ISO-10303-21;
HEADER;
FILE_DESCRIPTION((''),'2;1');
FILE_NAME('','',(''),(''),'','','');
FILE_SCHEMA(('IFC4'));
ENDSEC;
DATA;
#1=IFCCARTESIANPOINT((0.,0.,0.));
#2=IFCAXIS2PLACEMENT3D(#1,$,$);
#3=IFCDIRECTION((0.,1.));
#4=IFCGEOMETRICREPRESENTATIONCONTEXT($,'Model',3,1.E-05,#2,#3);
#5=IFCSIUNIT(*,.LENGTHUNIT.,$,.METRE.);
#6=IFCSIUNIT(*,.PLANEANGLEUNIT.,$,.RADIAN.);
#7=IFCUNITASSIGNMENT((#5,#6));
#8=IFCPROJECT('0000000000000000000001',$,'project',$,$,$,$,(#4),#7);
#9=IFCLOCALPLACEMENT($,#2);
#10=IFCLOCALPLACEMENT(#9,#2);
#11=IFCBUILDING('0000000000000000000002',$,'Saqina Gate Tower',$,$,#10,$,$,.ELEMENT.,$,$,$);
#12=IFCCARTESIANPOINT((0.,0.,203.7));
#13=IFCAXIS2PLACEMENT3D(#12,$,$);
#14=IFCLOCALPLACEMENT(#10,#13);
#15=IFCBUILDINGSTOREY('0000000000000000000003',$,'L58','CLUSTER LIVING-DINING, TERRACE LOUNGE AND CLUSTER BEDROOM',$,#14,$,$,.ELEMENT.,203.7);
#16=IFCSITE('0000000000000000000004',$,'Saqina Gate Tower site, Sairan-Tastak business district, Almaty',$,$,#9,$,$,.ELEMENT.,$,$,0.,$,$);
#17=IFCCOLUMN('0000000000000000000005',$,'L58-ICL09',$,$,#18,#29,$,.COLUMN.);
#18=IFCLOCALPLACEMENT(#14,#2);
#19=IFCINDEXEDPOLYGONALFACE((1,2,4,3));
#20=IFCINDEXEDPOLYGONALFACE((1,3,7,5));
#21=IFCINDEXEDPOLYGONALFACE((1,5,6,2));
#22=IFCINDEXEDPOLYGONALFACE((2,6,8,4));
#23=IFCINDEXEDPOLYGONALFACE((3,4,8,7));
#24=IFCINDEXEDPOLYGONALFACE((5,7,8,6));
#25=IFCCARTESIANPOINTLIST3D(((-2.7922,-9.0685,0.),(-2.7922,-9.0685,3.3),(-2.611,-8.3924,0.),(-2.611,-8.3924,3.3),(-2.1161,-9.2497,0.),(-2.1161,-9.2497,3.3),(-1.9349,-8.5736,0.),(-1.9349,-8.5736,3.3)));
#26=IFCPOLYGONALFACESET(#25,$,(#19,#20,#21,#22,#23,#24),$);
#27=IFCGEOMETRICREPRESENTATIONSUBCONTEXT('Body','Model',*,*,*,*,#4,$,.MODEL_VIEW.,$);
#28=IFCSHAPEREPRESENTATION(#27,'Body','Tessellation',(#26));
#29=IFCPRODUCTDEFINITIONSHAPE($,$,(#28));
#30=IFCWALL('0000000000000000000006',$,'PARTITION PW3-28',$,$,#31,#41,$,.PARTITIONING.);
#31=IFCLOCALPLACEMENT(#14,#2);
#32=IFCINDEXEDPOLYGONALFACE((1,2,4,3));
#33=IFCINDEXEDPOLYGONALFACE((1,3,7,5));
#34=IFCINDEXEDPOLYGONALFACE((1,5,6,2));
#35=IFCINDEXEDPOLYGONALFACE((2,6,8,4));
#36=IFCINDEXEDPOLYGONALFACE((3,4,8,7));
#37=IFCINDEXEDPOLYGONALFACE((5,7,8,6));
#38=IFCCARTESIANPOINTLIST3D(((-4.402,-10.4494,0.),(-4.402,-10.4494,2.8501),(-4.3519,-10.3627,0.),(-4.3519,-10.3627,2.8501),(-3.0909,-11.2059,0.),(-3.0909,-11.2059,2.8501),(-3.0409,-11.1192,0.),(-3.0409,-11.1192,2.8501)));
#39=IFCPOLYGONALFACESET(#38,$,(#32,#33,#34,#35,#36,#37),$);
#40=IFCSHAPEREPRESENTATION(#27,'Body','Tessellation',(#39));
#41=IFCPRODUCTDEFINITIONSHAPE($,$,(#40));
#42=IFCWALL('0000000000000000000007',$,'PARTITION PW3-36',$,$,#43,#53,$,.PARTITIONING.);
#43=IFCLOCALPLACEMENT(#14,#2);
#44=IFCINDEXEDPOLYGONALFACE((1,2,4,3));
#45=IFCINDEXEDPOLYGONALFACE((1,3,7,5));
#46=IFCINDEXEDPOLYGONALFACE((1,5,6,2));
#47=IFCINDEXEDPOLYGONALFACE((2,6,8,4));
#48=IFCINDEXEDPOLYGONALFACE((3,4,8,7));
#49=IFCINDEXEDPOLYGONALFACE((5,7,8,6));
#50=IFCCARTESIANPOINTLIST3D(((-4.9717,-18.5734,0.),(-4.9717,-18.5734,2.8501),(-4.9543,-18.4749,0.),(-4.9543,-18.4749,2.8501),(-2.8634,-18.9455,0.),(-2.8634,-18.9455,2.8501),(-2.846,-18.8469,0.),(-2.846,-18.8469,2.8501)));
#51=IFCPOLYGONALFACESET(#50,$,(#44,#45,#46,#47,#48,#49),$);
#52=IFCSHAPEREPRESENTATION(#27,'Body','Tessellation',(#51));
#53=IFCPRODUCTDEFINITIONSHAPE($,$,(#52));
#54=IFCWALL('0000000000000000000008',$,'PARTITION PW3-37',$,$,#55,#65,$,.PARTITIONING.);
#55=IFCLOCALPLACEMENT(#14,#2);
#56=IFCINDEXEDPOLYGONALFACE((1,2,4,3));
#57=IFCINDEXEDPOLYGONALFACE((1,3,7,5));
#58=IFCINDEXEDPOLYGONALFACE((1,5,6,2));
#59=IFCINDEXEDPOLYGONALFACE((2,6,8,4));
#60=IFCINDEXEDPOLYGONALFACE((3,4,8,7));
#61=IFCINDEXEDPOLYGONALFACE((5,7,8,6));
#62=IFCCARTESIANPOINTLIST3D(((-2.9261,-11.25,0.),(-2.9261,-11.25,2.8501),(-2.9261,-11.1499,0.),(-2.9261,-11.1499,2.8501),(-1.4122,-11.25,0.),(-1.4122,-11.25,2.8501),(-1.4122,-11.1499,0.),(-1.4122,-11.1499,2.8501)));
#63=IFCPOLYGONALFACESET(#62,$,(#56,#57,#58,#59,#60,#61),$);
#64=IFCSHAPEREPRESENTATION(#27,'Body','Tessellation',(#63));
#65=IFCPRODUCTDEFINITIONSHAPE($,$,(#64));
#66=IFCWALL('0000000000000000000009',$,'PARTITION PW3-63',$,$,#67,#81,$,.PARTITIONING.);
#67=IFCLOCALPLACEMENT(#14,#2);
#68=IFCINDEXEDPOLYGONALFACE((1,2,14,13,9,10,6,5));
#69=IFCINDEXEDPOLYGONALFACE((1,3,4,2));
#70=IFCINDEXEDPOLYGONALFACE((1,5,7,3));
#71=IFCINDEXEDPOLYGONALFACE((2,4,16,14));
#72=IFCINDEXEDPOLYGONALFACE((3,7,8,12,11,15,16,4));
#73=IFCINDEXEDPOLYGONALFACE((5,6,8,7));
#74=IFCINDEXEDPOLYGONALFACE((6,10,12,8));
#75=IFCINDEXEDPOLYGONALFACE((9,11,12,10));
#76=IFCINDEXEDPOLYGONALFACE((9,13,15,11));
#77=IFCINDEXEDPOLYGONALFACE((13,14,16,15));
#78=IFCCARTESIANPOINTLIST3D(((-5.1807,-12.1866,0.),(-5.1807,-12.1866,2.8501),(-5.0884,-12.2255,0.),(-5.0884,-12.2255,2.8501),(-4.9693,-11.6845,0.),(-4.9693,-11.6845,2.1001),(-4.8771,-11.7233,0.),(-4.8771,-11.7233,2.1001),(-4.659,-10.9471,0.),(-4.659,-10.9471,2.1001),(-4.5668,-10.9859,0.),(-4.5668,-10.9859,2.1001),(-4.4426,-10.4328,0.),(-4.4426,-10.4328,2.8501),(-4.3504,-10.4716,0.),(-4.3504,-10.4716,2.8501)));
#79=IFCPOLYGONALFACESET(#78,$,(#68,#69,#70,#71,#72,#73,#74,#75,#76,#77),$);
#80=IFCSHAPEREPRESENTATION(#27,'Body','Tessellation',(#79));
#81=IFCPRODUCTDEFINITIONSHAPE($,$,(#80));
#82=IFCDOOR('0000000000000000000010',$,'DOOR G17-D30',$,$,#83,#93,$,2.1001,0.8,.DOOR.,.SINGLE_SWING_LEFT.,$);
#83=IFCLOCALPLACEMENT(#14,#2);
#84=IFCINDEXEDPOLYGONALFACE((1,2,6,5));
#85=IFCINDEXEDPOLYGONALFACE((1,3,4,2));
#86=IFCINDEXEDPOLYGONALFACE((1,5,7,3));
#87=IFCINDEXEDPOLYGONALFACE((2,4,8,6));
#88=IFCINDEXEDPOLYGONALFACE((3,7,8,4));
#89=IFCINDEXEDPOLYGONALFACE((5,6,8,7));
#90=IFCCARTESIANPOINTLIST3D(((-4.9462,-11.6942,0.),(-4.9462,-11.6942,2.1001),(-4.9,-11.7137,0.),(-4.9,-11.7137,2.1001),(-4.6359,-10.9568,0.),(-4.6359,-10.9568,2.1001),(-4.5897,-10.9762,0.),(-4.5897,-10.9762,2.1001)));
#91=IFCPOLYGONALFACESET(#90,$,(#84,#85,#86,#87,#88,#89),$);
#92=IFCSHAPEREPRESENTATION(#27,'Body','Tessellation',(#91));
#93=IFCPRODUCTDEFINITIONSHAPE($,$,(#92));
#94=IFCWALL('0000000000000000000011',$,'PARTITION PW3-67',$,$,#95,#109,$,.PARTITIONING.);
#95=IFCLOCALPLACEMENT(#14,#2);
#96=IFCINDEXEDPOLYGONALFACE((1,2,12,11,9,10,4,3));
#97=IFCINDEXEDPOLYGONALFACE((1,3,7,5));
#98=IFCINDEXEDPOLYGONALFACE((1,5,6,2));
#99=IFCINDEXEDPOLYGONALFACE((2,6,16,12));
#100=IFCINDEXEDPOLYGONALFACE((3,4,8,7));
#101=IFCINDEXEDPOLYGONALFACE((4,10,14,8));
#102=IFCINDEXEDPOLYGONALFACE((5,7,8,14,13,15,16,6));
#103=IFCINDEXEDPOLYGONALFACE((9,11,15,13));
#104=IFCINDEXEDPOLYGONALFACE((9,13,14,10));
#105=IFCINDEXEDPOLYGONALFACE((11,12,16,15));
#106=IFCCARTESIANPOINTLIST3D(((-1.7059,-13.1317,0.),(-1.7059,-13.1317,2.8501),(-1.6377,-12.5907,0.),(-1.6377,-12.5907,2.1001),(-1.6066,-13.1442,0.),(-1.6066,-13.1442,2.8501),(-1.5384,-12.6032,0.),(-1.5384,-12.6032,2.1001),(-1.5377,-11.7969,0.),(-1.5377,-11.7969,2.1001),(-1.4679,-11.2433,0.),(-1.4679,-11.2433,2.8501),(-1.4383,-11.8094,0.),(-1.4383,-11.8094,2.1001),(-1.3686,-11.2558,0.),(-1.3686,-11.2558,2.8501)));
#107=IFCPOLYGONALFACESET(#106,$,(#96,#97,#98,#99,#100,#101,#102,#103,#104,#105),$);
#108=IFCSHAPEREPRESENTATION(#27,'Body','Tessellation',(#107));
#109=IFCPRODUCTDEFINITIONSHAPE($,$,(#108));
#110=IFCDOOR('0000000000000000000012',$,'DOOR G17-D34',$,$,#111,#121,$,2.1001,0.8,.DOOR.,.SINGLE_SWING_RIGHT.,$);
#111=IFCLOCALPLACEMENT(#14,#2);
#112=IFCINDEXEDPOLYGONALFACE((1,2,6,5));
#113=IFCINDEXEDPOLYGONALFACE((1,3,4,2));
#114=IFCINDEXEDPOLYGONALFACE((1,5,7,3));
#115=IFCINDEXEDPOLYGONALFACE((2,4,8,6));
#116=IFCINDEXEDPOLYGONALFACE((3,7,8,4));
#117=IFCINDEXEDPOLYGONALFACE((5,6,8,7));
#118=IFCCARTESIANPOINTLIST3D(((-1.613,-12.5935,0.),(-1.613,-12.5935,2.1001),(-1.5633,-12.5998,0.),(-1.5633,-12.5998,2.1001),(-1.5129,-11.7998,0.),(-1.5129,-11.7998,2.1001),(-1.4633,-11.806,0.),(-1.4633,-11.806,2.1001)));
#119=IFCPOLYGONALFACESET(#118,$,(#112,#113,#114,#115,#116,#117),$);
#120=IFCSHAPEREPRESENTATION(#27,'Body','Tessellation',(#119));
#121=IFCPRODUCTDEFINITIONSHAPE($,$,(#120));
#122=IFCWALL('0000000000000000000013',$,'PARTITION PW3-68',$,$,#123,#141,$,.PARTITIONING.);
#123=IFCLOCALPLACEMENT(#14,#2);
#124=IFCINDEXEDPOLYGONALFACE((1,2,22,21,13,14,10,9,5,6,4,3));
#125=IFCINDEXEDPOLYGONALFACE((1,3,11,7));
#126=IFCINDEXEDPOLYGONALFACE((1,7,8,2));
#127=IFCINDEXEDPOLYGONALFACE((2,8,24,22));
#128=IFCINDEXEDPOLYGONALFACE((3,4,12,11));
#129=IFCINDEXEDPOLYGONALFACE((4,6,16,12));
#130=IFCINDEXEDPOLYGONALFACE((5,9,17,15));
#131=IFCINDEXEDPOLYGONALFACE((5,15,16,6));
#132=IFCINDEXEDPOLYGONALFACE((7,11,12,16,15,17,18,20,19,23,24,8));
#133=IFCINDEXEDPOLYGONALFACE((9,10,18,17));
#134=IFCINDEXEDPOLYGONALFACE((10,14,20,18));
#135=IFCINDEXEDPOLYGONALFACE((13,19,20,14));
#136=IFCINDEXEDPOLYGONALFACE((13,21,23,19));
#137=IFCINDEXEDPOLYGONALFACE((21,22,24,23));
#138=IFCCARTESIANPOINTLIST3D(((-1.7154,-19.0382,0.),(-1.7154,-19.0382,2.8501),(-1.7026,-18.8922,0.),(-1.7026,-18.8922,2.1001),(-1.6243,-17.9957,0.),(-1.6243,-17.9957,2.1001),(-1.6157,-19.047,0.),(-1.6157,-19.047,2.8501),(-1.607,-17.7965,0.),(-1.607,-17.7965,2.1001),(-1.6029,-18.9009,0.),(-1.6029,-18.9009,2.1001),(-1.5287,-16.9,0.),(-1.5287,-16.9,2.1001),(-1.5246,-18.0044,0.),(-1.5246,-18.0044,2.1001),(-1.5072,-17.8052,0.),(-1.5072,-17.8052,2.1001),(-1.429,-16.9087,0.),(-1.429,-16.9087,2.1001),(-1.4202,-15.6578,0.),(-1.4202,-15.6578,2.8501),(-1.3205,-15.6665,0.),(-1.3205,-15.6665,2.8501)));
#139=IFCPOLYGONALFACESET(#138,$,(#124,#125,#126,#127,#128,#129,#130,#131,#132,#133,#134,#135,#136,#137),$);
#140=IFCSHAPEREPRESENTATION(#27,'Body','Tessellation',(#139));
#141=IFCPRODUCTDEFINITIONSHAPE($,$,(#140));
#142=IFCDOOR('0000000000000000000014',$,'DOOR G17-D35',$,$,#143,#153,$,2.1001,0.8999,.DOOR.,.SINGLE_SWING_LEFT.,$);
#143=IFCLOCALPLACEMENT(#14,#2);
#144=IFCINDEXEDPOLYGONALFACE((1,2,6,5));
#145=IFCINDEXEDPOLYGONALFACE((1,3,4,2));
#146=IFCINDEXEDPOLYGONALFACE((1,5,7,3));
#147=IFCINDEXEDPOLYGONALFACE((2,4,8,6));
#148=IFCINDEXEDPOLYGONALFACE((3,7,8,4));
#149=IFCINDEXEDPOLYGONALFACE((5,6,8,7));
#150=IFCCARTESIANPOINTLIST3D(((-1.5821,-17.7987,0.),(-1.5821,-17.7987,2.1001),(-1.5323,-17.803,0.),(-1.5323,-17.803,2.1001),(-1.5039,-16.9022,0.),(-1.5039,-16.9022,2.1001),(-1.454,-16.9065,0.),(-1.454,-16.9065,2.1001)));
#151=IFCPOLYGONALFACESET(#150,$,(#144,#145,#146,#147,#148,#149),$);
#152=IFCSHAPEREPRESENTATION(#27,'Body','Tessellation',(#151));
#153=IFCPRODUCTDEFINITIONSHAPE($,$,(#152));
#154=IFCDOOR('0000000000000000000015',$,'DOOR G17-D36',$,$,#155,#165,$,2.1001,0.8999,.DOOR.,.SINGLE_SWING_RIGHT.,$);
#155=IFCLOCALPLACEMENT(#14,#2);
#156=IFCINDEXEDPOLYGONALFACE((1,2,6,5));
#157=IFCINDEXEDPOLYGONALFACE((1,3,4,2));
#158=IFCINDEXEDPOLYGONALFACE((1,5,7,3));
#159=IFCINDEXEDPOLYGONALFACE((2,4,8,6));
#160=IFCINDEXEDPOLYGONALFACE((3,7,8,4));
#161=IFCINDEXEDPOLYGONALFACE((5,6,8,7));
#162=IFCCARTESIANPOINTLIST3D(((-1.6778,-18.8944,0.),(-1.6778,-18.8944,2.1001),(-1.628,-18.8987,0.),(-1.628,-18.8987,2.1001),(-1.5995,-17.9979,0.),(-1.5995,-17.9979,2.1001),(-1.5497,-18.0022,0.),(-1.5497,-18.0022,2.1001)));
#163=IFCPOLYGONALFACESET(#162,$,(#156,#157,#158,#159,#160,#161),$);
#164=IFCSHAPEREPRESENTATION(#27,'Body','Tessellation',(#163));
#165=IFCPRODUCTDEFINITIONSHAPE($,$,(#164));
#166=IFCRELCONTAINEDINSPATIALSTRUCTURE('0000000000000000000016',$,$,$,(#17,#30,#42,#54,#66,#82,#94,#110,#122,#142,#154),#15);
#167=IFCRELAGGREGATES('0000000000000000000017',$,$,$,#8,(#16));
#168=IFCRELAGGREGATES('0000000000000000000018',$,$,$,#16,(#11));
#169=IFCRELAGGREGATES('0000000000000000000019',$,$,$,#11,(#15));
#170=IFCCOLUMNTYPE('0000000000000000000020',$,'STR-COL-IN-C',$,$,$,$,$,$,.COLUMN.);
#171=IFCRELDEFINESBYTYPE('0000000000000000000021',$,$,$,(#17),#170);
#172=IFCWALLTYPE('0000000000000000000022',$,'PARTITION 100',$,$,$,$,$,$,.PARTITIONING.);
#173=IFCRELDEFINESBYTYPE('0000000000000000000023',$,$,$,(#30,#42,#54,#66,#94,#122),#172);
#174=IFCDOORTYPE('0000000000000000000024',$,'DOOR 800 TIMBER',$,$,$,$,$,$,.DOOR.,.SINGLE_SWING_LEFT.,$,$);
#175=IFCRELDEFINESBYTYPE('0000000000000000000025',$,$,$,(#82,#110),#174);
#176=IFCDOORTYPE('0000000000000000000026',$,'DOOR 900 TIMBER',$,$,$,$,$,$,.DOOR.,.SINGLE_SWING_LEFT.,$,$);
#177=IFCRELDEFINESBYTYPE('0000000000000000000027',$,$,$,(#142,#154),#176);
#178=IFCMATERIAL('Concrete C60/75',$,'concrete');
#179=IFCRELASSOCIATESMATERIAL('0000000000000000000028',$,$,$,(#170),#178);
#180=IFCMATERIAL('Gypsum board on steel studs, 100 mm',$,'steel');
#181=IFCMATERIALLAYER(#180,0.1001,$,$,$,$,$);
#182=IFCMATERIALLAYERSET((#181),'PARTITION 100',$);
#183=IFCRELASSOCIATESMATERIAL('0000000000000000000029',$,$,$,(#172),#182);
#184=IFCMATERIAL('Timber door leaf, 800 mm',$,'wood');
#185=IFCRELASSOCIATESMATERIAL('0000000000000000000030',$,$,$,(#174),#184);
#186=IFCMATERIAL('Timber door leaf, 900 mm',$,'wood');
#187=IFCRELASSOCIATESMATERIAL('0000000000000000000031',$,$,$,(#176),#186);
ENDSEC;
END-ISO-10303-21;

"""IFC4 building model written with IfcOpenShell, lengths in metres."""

from ifc_helpers import new_model, si_unit, direction, frame, frame_2d, origin, origin_2d, place, context, subcontext, project, spatial, rectangle, extrude, material, layer, layer_set, material_profile, profile_set, type_object, element, fill, save


model = new_model("IFC4")

# Units and contexts
model_context = context("Model", 3, precision=1e-05, world=origin(), true_north=direction((0.0, 1.0)))
body_context = subcontext(model_context, "Body", "Model", "MODEL_VIEW")
ifc_project = project(units=[si_unit("LENGTHUNIT", "METRE"), si_unit("PLANEANGLEUNIT", "RADIAN")], contexts=[model_context])

# Site, building, storey
site_placement = place(None, origin())
site = spatial("IfcSite", under=ifc_project, at=site_placement, Name="Saqina Gate Tower site, Sairan-Tastak business district, Almaty", CompositionType="ELEMENT", RefElevation=0.0)
building_placement = place(site_placement, origin())
building = spatial("IfcBuilding", under=site, at=building_placement, Name="Saqina Gate Tower", CompositionType="ELEMENT")
storey_placement = place(building_placement, frame((0.0, 0.0, 203.7)))
storey = spatial("IfcBuildingStorey", under=building, at=storey_placement, Name="L58", Description="CLUSTER LIVING-DINING, TERRACE LOUNGE AND CLUSTER BEDROOM", CompositionType="ELEMENT", Elevation=203.7)

# Column
ifc_material_1 = material(Name="Concrete C60/75", Category="concrete")
ifc_material_profile = material_profile(ifc_material_1, rectangle(XDim=0.7, YDim=0.7, at=origin_2d()), Name="RC 700x700")
ifc_profile_set = profile_set([ifc_material_profile], Name="Concrete C60/75")
column_type = type_object("IfcColumnType", Name="STR-COL-IN-C", PredefinedType="COLUMN", material=ifc_profile_set)
column_placement = place(storey_placement, frame((-2.3635, -8.821, 0.0), z_axis=(0.0, 0.0, 1.0), x_axis=(-0.258819, -0.965926, 0.0)))
element("IfcColumn", 1, at=column_placement, inside=storey, type_object=column_type, Name="L58-ICL09", PredefinedType="COLUMN", context=body_context, shape_type="SweptSolid", body=[
    extrude(rectangle(XDim=0.7, YDim=0.7, at=origin_2d()), origin(), (0.0, 0.0, 1.0), 3.3),
])

# Walls
ifc_material_2 = material(Name="Gypsum board on steel studs, 100 mm", Category="steel")
ifc_layer_1 = layer(ifc_material_2, 0.1001)
ifc_layer_set_1 = layer_set([ifc_layer_1], Name="PARTITION 100")
wall_type_1 = type_object("IfcWallType", Name="PARTITION 100", PredefinedType="PARTITIONING", material=ifc_layer_set_1)
wall_1_placement = place(storey_placement, frame((-4.377, -10.406, 0.0), z_axis=(0.0, 0.0, 1.0), x_axis=(0.866121, -0.499834, 0.0)))
element("IfcWall", 2, at=wall_1_placement, inside=storey, type_object=wall_type_1, Name="PARTITION PW3-28", PredefinedType="PARTITIONING", context=body_context, shape_type="SweptSolid", body=[
    extrude(rectangle(XDim=1.5137, YDim=0.1001, at=frame_2d((0.7568, 0.0))), origin(), (0.0, 0.0, 1.0), 2.8501),
])
wall_2_placement = place(storey_placement, frame((-4.9629, -18.5242, 0.0), z_axis=(0.0, 0.0, 1.0), x_axis=(0.984784, -0.173785, 0.0)))
element("IfcWall", 3, at=wall_2_placement, inside=storey, type_object=wall_type_1, Name="PARTITION PW3-36", PredefinedType="PARTITIONING", context=body_context, shape_type="SweptSolid", body=[
    extrude(rectangle(XDim=2.1409, YDim=0.1001, at=frame_2d((1.0703, 0.0))), origin(), (0.0, 0.0, 1.0), 2.8501),
])
wall_3_placement = place(storey_placement, frame((-2.926, -11.2, 0.0), z_axis=(0.0, 0.0, 1.0), x_axis=(1.0, 0.0, 0.0)))
element("IfcWall", 4, at=wall_3_placement, inside=storey, type_object=wall_type_1, Name="PARTITION PW3-37", PredefinedType="PARTITIONING", context=body_context, shape_type="SweptSolid", body=[
    extrude(rectangle(XDim=1.5139, YDim=0.1001, at=frame_2d((0.7568, 0.0))), origin(), (0.0, 0.0, 1.0), 2.8501),
])

# Walls, openings, doors
wall_4_placement = place(storey_placement, frame((-5.1345, -12.2061, 0.0), z_axis=(0.0, 0.0, 1.0), x_axis=(0.387856, 0.92172, 0.0)))
wall_4 = element("IfcWall", 5, at=wall_4_placement, inside=storey, type_object=wall_type_1, Name="PARTITION PW3-63", PredefinedType="PARTITIONING", context=body_context, shape_type="SweptSolid", body=[
    extrude(rectangle(XDim=1.9028, YDim=0.1001, at=frame_2d((0.9514, 0.0))), origin(), (0.0, 0.0, 1.0), 2.8501),
])
opening_1_placement = place(wall_4_placement, frame((0.5449, 0.0, 0.0)))
opening_1 = element("IfcOpeningElement", 6, at=opening_1_placement, cuts=wall_4, PredefinedType="OPENING", context=body_context, shape_type="SweptSolid", body=[
    extrude(rectangle(XDim=0.8, YDim=2.1001, at=frame_2d((0.3999, 1.05))), frame((0.0, 0.062, 0.0), z_axis=(0.0, -1.0, 0.0), x_axis=(1.0, 0.0, 0.0)), (0.0, 0.0, 1.0), 0.124),
])
ifc_material_3 = material(Name="Timber door leaf, 800 mm", Category="wood")
door_type_1 = type_object("IfcDoorType", Name="DOOR 800 TIMBER", OperationType="SINGLE_SWING_LEFT", PredefinedType="DOOR", material=ifc_material_3)
door_1_placement = place(opening_1_placement, origin())
door_1 = element("IfcDoor", 7, at=door_1_placement, inside=storey, type_object=door_type_1, Name="DOOR G17-D30", OperationType="SINGLE_SWING_LEFT", OverallHeight=2.1001, OverallWidth=0.8, PredefinedType="DOOR", context=body_context, shape_type="SweptSolid", body=[
    extrude(rectangle(XDim=0.8, YDim=2.1001, at=frame_2d((0.3999, 1.05))), frame((0.0, 0.0249, 0.0), z_axis=(0.0, -1.0, 0.0), x_axis=(1.0, 0.0, 0.0)), (0.0, 0.0, 1.0), 0.05),
])
fill(opening_1, door_1)
wall_5_placement = place(storey_placement, frame((-1.6562, -13.1379, 0.0), z_axis=(0.0, 0.0, 1.0), x_axis=(0.125061, 0.992149, 0.0)))
wall_5 = element("IfcWall", 8, at=wall_5_placement, inside=storey, type_object=wall_type_1, Name="PARTITION PW3-67", PredefinedType="PARTITIONING", context=body_context, shape_type="SweptSolid", body=[
    extrude(rectangle(XDim=1.9033, YDim=0.1001, at=frame_2d((0.9517, 0.0))), origin(), (0.0, 0.0, 1.0), 2.8501),
])
opening_2_placement = place(wall_5_placement, frame((0.5454, 0.0, 0.0)))
opening_2 = element("IfcOpeningElement", 9, at=opening_2_placement, cuts=wall_5, PredefinedType="OPENING", context=body_context, shape_type="SweptSolid", body=[
    extrude(rectangle(XDim=0.8, YDim=2.1001, at=frame_2d((0.3999, 1.05))), frame((0.0, 0.062, 0.0), z_axis=(0.0, -1.0, 0.0), x_axis=(1.0, 0.0, 0.0)), (0.0, 0.0, 1.0), 0.124),
])
door_2_placement = place(opening_2_placement, frame((0.8, 0.0, 0.0), z_axis=(0.0, 0.0, 1.0), x_axis=(-1.0, 0.0, 0.0)))
door_2 = element("IfcDoor", 10, at=door_2_placement, inside=storey, type_object=door_type_1, Name="DOOR G17-D34", OperationType="SINGLE_SWING_RIGHT", OverallHeight=2.1001, OverallWidth=0.8, PredefinedType="DOOR", context=body_context, shape_type="SweptSolid", body=[
    extrude(rectangle(XDim=0.8, YDim=2.1001, at=frame_2d((0.3999, 1.05))), frame((0.0, 0.0249, 0.0), z_axis=(0.0, -1.0, 0.0), x_axis=(1.0, 0.0, 0.0)), (0.0, 0.0, 1.0), 0.05),
])
fill(opening_2, door_2)

# Wall, openings, doors
wall_6_placement = place(storey_placement, frame((-1.6655, -19.0427, 0.0), z_axis=(0.0, 0.0, 1.0), x_axis=(0.086987, 0.996209, 0.0)))
wall_6 = element("IfcWall", 11, at=wall_6_placement, inside=storey, type_object=wall_type_1, Name="PARTITION PW3-68", PredefinedType="PARTITIONING", context=body_context, shape_type="SweptSolid", body=[
    extrude(rectangle(XDim=3.3933, YDim=0.1001, at=frame_2d((1.6968, 0.0))), origin(), (0.0, 0.0, 1.0), 2.8501),
])
opening_3_placement = place(wall_6_placement, frame((1.2466, 0.0, 0.0)))
opening_3 = element("IfcOpeningElement", 12, at=opening_3_placement, cuts=wall_6, PredefinedType="OPENING", context=body_context, shape_type="SweptSolid", body=[
    extrude(rectangle(XDim=0.8999, YDim=2.1001, at=frame_2d((0.45, 1.05))), frame((0.0, 0.062, 0.0), z_axis=(0.0, -1.0, 0.0), x_axis=(1.0, 0.0, 0.0)), (0.0, 0.0, 1.0), 0.124),
])
opening_4_placement = place(wall_6_placement, frame((0.1467, 0.0, 0.0)))
opening_4 = element("IfcOpeningElement", 13, at=opening_4_placement, cuts=wall_6, PredefinedType="OPENING", context=body_context, shape_type="SweptSolid", body=[
    extrude(rectangle(XDim=0.8999, YDim=2.1001, at=frame_2d((0.45, 1.05))), frame((0.0, 0.062, 0.0), z_axis=(0.0, -1.0, 0.0), x_axis=(1.0, 0.0, 0.0)), (0.0, 0.0, 1.0), 0.124),
])
ifc_material_4 = material(Name="Timber door leaf, 900 mm", Category="wood")
door_type_2 = type_object("IfcDoorType", Name="DOOR 900 TIMBER", OperationType="SINGLE_SWING_LEFT", PredefinedType="DOOR", material=ifc_material_4)
door_3_placement = place(opening_3_placement, frame((0.8999, 0.0, 0.0), z_axis=(0.0, 0.0, 1.0), x_axis=(-1.0, 0.0, 0.0)))
door_3 = element("IfcDoor", 14, at=door_3_placement, inside=storey, type_object=door_type_2, Name="DOOR G17-D35", OperationType="SINGLE_SWING_LEFT", OverallHeight=2.1001, OverallWidth=0.8999, PredefinedType="DOOR", context=body_context, shape_type="SweptSolid", body=[
    extrude(rectangle(XDim=0.8999, YDim=2.1001, at=frame_2d((0.45, 1.05))), frame((0.0, 0.0249, 0.0), z_axis=(0.0, -1.0, 0.0), x_axis=(1.0, 0.0, 0.0)), (0.0, 0.0, 1.0), 0.05),
])
fill(opening_3, door_3)
door_4_placement = place(opening_4_placement, frame((0.8999, 0.0, 0.0), z_axis=(0.0, 0.0, 1.0), x_axis=(-1.0, 0.0, 0.0)))
door_4 = element("IfcDoor", 15, at=door_4_placement, inside=storey, type_object=door_type_2, Name="DOOR G17-D36", OperationType="SINGLE_SWING_RIGHT", OverallHeight=2.1001, OverallWidth=0.8999, PredefinedType="DOOR", context=body_context, shape_type="SweptSolid", body=[
    extrude(rectangle(XDim=0.8999, YDim=2.1001, at=frame_2d((0.45, 1.05))), frame((0.0, 0.0249, 0.0), z_axis=(0.0, -1.0, 0.0), x_axis=(1.0, 0.0, 0.0)), (0.0, 0.0, 1.0), 0.05),
])
fill(opening_4, door_4)

save(model, "model.ifc")
